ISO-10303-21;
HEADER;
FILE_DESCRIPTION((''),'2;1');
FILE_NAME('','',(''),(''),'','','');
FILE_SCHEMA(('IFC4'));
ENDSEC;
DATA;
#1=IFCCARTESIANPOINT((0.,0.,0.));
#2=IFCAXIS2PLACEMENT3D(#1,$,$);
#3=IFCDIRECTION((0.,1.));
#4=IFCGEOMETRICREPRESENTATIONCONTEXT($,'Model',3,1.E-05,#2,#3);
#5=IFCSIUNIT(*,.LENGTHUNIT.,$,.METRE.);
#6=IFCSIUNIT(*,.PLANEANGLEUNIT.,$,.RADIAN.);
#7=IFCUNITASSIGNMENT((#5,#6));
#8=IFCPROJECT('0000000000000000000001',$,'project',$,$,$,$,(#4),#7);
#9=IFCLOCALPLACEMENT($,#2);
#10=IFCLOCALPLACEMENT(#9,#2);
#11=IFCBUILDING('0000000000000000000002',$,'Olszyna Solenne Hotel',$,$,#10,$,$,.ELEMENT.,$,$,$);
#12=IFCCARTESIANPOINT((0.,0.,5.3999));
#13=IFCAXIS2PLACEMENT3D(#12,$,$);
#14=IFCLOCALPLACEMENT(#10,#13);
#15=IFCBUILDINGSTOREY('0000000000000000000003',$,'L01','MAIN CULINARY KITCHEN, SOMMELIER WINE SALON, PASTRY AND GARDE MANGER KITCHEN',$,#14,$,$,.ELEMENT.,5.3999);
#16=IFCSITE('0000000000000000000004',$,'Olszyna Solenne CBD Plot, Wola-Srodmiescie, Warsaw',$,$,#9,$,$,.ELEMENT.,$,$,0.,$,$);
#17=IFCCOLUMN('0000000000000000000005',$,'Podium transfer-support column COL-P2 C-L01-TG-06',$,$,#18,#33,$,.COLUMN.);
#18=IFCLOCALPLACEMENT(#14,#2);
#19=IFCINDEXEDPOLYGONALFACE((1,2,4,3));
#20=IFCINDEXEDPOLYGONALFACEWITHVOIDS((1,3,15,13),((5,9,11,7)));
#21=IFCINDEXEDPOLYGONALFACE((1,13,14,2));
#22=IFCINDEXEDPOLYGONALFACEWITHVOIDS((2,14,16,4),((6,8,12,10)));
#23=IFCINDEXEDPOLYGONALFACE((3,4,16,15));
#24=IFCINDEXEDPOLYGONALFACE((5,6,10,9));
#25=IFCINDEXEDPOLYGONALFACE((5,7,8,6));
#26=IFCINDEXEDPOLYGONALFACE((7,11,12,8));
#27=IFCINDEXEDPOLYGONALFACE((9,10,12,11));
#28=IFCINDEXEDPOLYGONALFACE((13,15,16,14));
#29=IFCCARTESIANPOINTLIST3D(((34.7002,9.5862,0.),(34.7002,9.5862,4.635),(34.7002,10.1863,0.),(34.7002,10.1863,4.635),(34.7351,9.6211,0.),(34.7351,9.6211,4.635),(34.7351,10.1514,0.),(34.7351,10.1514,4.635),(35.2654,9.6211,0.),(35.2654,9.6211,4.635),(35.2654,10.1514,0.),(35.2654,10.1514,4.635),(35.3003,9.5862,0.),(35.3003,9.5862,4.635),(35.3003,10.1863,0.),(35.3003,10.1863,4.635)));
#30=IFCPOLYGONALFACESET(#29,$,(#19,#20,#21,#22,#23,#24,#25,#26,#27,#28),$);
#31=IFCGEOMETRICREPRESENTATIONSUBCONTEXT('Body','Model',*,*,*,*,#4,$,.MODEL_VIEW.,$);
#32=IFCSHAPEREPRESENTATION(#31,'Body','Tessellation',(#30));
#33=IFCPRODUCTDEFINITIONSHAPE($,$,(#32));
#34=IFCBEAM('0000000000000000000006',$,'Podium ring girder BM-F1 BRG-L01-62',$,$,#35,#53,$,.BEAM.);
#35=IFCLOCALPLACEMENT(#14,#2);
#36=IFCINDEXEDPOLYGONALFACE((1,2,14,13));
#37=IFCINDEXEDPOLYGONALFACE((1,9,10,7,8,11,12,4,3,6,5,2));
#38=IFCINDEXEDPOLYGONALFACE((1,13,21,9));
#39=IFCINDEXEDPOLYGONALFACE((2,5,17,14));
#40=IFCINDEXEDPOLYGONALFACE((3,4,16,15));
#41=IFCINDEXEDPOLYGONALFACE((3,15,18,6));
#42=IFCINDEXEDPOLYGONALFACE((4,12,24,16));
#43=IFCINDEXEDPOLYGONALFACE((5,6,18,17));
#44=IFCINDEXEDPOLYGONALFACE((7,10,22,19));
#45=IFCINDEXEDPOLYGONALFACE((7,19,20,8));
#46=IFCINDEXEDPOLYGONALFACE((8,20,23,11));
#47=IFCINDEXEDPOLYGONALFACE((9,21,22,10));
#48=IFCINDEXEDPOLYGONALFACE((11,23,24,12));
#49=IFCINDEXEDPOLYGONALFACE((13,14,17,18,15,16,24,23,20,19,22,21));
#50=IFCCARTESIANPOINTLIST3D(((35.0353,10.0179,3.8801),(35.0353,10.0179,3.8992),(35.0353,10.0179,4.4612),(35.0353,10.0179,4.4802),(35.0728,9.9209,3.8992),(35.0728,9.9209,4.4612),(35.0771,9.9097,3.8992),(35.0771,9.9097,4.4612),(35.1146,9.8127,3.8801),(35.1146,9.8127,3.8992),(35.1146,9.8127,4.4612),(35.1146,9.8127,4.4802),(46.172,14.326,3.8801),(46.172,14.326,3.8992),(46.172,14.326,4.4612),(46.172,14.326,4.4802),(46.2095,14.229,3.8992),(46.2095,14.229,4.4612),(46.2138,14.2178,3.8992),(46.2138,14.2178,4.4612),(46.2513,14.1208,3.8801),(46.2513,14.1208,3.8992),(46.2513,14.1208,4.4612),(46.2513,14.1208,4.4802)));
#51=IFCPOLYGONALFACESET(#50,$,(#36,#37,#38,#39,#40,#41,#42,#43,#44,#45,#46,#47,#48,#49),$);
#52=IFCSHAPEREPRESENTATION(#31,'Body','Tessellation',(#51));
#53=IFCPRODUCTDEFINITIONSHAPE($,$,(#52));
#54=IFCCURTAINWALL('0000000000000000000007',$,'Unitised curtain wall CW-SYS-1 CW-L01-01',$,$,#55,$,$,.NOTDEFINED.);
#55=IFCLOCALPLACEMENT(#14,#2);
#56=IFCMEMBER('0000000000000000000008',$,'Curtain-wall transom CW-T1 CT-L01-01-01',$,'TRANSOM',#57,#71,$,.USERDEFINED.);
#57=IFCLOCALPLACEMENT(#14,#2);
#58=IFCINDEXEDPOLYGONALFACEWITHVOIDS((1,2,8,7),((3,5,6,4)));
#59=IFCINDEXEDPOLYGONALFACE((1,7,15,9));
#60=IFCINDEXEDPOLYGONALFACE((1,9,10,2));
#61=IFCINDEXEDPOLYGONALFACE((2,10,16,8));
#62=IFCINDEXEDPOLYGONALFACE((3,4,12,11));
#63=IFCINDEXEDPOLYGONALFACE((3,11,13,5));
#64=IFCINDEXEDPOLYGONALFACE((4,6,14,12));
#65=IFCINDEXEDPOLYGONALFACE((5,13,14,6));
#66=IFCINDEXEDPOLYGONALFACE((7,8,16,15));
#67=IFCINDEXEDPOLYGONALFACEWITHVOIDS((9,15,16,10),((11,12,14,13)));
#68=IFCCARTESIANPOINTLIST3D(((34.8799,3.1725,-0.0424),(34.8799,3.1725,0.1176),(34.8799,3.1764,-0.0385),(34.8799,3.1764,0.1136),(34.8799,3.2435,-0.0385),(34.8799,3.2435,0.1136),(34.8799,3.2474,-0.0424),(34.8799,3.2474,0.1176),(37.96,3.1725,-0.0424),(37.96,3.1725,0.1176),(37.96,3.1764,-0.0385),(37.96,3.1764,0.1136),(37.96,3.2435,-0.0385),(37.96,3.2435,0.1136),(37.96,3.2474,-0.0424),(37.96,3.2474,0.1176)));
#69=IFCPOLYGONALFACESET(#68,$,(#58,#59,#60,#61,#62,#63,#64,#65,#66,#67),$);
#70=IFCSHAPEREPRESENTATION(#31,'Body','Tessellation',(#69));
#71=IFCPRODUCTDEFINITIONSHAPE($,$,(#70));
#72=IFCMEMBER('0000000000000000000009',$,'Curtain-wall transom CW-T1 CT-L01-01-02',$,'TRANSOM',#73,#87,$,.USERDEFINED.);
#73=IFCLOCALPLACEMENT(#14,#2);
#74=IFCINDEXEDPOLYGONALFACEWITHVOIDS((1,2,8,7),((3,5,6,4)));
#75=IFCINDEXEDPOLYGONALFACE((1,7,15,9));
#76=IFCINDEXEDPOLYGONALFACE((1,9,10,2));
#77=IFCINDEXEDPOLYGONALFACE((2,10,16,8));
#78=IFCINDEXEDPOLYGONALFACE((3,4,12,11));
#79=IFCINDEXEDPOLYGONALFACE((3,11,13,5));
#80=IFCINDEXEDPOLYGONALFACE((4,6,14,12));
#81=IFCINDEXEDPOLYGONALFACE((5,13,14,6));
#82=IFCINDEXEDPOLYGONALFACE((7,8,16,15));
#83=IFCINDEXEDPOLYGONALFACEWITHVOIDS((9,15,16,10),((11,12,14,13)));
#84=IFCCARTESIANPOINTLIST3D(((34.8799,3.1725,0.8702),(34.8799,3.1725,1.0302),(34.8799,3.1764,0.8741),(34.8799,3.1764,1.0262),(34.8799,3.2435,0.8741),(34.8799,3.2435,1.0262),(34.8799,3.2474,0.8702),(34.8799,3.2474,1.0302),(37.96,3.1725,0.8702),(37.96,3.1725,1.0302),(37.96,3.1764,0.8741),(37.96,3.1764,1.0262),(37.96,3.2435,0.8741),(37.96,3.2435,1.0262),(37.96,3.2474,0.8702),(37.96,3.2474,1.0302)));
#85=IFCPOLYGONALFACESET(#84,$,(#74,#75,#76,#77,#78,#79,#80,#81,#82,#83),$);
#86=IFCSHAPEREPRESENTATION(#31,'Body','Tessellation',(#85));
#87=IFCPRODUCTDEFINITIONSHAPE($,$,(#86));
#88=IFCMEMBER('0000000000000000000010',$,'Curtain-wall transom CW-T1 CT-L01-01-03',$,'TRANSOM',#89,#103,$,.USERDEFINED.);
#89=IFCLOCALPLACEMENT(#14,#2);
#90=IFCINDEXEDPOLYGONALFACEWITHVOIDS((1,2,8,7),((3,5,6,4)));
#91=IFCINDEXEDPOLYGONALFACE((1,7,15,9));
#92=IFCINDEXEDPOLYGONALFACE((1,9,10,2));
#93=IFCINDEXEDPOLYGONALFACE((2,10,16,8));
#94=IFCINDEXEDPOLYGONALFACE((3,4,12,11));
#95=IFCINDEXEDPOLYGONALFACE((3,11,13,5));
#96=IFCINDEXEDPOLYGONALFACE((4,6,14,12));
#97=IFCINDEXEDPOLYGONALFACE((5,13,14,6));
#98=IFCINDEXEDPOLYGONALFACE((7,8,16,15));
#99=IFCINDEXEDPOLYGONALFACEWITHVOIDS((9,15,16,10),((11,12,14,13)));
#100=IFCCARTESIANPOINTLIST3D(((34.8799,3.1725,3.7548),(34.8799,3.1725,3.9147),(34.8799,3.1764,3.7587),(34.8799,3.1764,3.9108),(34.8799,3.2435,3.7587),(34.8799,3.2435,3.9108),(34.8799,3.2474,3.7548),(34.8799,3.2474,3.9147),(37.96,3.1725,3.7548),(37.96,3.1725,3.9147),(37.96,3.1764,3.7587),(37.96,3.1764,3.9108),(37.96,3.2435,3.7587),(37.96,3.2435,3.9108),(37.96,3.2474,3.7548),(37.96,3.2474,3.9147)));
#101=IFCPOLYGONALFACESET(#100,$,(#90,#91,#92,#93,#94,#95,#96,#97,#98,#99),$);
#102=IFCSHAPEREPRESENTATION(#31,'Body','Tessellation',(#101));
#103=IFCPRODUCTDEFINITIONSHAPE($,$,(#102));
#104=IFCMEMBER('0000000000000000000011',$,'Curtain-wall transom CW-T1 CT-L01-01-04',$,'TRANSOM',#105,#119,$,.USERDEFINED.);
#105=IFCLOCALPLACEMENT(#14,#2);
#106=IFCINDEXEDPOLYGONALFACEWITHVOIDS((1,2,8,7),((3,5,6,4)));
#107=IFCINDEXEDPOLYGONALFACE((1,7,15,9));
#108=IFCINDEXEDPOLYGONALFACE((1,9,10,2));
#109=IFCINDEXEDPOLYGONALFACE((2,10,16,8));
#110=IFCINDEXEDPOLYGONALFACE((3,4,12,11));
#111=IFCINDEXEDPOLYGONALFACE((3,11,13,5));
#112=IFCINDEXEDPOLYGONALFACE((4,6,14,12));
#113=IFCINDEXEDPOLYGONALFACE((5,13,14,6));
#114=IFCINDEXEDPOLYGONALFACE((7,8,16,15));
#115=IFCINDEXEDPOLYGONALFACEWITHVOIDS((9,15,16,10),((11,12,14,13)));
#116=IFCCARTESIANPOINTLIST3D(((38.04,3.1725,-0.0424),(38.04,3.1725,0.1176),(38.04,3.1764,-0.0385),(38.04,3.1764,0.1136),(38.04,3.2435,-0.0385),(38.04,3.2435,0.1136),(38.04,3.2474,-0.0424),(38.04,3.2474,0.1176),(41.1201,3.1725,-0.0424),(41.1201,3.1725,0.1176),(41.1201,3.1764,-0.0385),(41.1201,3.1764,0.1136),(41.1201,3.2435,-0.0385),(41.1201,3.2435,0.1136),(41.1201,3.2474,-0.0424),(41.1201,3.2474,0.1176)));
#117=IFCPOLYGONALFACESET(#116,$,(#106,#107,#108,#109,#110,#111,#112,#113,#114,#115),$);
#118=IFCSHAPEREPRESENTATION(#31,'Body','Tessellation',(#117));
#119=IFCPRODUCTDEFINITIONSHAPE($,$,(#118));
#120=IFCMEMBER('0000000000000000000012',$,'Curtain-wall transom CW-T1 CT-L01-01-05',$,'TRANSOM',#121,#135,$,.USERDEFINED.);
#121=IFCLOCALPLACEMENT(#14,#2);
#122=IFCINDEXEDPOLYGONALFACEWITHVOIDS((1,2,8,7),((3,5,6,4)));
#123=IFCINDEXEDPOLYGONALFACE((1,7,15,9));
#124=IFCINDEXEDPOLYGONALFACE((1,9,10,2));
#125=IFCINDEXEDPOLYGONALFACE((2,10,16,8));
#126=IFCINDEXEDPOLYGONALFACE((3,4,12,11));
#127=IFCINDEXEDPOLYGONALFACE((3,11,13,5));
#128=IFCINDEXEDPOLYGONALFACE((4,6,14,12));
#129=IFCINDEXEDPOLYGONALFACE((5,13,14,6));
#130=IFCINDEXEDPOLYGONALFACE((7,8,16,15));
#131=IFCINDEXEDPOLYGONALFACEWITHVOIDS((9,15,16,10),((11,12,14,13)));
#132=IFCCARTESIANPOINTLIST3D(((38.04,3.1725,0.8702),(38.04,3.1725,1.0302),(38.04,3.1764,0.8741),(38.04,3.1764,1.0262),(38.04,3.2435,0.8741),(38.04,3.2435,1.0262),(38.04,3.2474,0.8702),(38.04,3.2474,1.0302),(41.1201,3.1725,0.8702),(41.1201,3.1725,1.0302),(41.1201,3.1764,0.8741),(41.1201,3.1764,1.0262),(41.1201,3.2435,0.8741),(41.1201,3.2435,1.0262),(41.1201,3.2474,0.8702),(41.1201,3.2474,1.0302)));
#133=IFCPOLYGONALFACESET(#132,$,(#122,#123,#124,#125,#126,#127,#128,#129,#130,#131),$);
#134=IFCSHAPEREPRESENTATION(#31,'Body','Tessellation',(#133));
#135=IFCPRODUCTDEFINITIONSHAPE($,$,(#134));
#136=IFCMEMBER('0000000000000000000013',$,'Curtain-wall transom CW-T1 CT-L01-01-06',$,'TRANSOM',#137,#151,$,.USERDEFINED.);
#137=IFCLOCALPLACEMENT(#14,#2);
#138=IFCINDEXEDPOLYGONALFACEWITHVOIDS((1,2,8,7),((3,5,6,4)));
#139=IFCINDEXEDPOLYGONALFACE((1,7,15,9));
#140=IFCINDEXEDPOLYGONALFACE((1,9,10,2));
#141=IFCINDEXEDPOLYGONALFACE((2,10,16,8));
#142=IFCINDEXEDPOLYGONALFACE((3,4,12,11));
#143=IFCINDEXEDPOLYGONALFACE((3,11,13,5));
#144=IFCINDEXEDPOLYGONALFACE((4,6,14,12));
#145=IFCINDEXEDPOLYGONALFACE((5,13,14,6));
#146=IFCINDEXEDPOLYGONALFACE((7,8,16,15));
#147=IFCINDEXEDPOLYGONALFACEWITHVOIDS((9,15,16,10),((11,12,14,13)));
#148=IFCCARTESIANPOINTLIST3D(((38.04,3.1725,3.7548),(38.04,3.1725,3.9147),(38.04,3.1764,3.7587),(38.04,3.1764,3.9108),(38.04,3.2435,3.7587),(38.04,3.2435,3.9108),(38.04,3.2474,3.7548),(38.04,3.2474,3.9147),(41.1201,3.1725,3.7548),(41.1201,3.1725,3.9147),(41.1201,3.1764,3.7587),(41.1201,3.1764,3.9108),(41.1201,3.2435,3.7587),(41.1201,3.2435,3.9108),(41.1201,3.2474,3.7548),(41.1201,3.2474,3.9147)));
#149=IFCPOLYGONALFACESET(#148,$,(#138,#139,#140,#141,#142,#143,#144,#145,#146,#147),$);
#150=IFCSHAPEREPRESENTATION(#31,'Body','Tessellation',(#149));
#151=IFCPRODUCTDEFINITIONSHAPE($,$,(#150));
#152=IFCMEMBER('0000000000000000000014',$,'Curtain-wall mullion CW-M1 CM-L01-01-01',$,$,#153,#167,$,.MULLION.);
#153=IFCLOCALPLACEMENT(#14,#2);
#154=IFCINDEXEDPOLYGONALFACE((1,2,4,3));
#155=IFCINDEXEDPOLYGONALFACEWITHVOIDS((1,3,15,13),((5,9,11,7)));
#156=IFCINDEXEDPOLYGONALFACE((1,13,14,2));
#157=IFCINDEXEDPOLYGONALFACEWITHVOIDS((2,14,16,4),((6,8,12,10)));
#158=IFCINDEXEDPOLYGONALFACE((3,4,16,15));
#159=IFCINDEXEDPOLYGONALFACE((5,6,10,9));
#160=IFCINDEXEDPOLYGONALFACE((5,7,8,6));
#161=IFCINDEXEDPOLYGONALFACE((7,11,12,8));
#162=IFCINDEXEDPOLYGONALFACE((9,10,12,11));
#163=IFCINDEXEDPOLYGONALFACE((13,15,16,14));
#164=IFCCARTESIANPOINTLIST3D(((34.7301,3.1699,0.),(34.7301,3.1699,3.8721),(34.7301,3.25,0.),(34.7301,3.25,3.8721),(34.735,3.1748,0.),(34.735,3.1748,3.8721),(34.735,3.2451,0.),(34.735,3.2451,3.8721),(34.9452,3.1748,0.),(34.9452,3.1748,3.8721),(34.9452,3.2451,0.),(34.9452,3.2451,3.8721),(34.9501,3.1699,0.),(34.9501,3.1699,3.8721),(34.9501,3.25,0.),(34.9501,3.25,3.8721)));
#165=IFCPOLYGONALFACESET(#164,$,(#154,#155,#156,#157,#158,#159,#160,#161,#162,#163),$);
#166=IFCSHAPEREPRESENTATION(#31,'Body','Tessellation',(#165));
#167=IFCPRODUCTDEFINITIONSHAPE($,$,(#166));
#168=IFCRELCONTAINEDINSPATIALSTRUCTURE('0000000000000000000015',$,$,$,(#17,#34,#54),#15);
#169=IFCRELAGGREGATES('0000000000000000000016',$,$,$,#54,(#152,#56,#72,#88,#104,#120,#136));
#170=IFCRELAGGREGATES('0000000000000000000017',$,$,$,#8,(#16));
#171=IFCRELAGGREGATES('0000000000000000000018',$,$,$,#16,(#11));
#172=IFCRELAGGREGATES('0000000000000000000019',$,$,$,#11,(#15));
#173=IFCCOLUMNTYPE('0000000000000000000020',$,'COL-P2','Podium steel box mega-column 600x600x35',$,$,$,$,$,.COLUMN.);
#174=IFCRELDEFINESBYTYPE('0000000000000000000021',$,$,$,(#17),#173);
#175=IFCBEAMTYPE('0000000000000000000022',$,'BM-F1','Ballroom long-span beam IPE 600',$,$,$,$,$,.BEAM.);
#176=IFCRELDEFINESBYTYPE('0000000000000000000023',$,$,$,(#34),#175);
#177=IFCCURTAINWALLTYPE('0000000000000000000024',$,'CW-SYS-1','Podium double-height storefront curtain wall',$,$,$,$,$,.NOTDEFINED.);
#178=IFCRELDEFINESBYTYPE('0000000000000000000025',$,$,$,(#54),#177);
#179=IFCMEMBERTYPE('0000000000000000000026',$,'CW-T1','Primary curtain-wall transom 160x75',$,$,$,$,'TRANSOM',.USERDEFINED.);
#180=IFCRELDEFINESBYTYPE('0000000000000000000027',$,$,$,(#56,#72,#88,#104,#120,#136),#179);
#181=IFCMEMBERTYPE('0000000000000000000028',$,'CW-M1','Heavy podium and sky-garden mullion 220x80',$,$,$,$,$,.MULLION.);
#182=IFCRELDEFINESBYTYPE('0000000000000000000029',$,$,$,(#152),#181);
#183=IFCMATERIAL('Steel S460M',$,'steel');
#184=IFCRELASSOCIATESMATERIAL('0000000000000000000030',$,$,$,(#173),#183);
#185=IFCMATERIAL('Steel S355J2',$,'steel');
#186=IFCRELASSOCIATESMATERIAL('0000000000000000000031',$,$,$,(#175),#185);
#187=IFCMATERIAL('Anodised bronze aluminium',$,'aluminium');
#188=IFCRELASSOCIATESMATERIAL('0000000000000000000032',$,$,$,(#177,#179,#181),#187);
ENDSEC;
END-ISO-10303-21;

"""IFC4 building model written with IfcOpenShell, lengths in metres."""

from ifc_helpers import new_model, si_unit, direction, frame, origin, origin_2d, place, context, subcontext, project, spatial, hollow_rectangle, i_section, extrude, source, transform, mapped, material, material_profile, profile_set, type_object, element, aggregate, save


model = new_model("IFC4")

# Units and contexts
model_context = context("Model", 3, precision=1e-05, world=origin(), true_north=direction((0.0, 1.0)))
body_context = subcontext(model_context, "Body", "Model", "MODEL_VIEW")
ifc_project = project(units=[si_unit("LENGTHUNIT", "METRE"), si_unit("PLANEANGLEUNIT", "RADIAN")], contexts=[model_context])

# Site, building, storey
site_placement = place(None, origin())
site = spatial("IfcSite", under=ifc_project, at=site_placement, Name="Olszyna Solenne CBD Plot, Wola-Srodmiescie, Warsaw", CompositionType="ELEMENT", RefElevation=0.0)
building_placement = place(site_placement, origin())
building = spatial("IfcBuilding", under=site, at=building_placement, Name="Olszyna Solenne Hotel", CompositionType="ELEMENT")
storey_placement = place(building_placement, frame((0.0, 0.0, 5.3999)))
storey = spatial("IfcBuildingStorey", under=building, at=storey_placement, Name="L01", Description="MAIN CULINARY KITCHEN, SOMMELIER WINE SALON, PASTRY AND GARDE MANGER KITCHEN", CompositionType="ELEMENT", Elevation=5.3999)

# Column
ifc_material_1 = material(Name="Steel S460M", Category="steel")
ifc_material_profile_1 = material_profile(ifc_material_1, hollow_rectangle(XDim=0.6001, YDim=0.6001, WallThickness=0.0349, at=origin_2d()), Name="SHS 600x600x35", Category="load-bearing")
ifc_profile_set_1 = profile_set([ifc_material_profile_1], Name="Steel S460M")
column_type = type_object("IfcColumnType", Name="COL-P2", Description="Podium steel box mega-column 600x600x35", PredefinedType="COLUMN", material=ifc_profile_set_1)
shared_shape_1 = source(origin(), body_context, "Body", "SweptSolid", [
    extrude(hollow_rectangle(XDim=0.6001, YDim=0.6001, WallThickness=0.0349, at=origin_2d()), origin(), (0.0, 0.0, 1.0), 4.635),
])
column_placement = place(storey_placement, frame((35.0002, 9.8862, 0.0), z_axis=(0.0, 0.0, 1.0), x_axis=(1.0, 0.0, 0.0)))
element("IfcColumn", 1, at=column_placement, inside=storey, type_object=column_type, Name="Podium transfer-support column COL-P2 C-L01-TG-06", PredefinedType="COLUMN", context=body_context, shape_type="MappedRepresentation", body=[
    mapped(shared_shape_1, transform((0.0, 0.0, 0.0), x_axis=(1.0, 0.0, 0.0), y_axis=(0.0, 1.0, 0.0), z_axis=(0.0, 0.0, 1.0), scale=1.0)),
])

# Beam
ifc_material_2 = material(Name="Steel S355J2", Category="steel")
ifc_material_profile_2 = material_profile(ifc_material_2, i_section(OverallWidth=0.22, OverallDepth=0.6001, WebThickness=0.012, FlangeThickness=0.019, at=origin_2d()), Name="IPE 600", Category="load-bearing")
ifc_profile_set_2 = profile_set([ifc_material_profile_2], Name="Steel S355J2")
beam_type = type_object("IfcBeamType", Name="BM-F1", Description="Ballroom long-span beam IPE 600", PredefinedType="BEAM", material=ifc_profile_set_2)
shared_shape_2 = source(origin(), body_context, "Body", "SweptSolid", [
    extrude(i_section(OverallWidth=0.22, OverallDepth=0.6001, WebThickness=0.012, FlangeThickness=0.019, at=origin_2d()), origin(), (0.0, 0.0, 1.0), 11.9409),
])
beam_placement = place(storey_placement, frame((35.075, 9.9153, 4.1802), z_axis=(0.932649, 0.360784, 0.0), x_axis=(-0.360784, 0.932649, 0.0)))
element("IfcBeam", 2, at=beam_placement, inside=storey, type_object=beam_type, Name="Podium ring girder BM-F1 BRG-L01-62", PredefinedType="BEAM", context=body_context, shape_type="MappedRepresentation", body=[
    mapped(shared_shape_2, transform((0.0, 0.0, 0.0), x_axis=(1.0, 0.0, 0.0), y_axis=(0.0, 1.0, 0.0), z_axis=(0.0, 0.0, 1.0), scale=1.0)),
])

# Curtain wall, members
ifc_material_3 = material(Name="Anodised bronze aluminium", Category="aluminium")
curtain_wall_type = type_object("IfcCurtainWallType", Name="CW-SYS-1", Description="Podium double-height storefront curtain wall", PredefinedType="NOTDEFINED", material=ifc_material_3)
curtain_wall_placement = place(storey_placement, origin())
curtain_wall = element("IfcCurtainWall", 3, at=curtain_wall_placement, inside=storey, type_object=curtain_wall_type, Name="Unitised curtain wall CW-SYS-1 CW-L01-01", PredefinedType="NOTDEFINED")
ifc_material_profile_3 = material_profile(ifc_material_3, hollow_rectangle(XDim=0.075, YDim=0.1599, WallThickness=0.0039, at=origin_2d()), Name="TRAN 160x75x4", Category="load-bearing")
ifc_profile_set_3 = profile_set([ifc_material_profile_3], Name="Anodised bronze aluminium")
member_type_1 = type_object("IfcMemberType", Name="CW-T1", Description="Primary curtain-wall transom 160x75", ElementType="TRANSOM", PredefinedType="USERDEFINED", material=ifc_profile_set_3)
shared_shape_3 = source(origin(), body_context, "Body", "SweptSolid", [
    extrude(hollow_rectangle(XDim=0.075, YDim=0.1599, WallThickness=0.0039, at=origin_2d()), origin(), (0.0, 0.0, 1.0), 3.0801),
])
member_1_placement = place(storey_placement, frame((34.8799, 3.21, 0.0376), z_axis=(1.0, 0.0, 0.0), x_axis=(0.0, 1.0, 0.0)))
member_1 = element("IfcMember", 4, at=member_1_placement, type_object=member_type_1, Name="Curtain-wall transom CW-T1 CT-L01-01-01", ObjectType="TRANSOM", PredefinedType="USERDEFINED", context=body_context, shape_type="MappedRepresentation", body=[
    mapped(shared_shape_3, transform((0.0, 0.0, 0.0), x_axis=(1.0, 0.0, 0.0), y_axis=(0.0, 1.0, 0.0), z_axis=(0.0, 0.0, 1.0), scale=1.0)),
])
member_2_placement = place(storey_placement, frame((34.8799, 3.21, 0.9502), z_axis=(1.0, 0.0, 0.0), x_axis=(0.0, 1.0, 0.0)))
member_2 = element("IfcMember", 5, at=member_2_placement, type_object=member_type_1, Name="Curtain-wall transom CW-T1 CT-L01-01-02", ObjectType="TRANSOM", PredefinedType="USERDEFINED", context=body_context, shape_type="MappedRepresentation", body=[
    mapped(shared_shape_3, transform((0.0, 0.0, 0.0), x_axis=(1.0, 0.0, 0.0), y_axis=(0.0, 1.0, 0.0), z_axis=(0.0, 0.0, 1.0), scale=1.0)),
])
member_3_placement = place(storey_placement, frame((34.8799, 3.21, 3.8347), z_axis=(1.0, 0.0, 0.0), x_axis=(0.0, 1.0, 0.0)))
member_3 = element("IfcMember", 6, at=member_3_placement, type_object=member_type_1, Name="Curtain-wall transom CW-T1 CT-L01-01-03", ObjectType="TRANSOM", PredefinedType="USERDEFINED", context=body_context, shape_type="MappedRepresentation", body=[
    mapped(shared_shape_3, transform((0.0, 0.0, 0.0), x_axis=(1.0, 0.0, 0.0), y_axis=(0.0, 1.0, 0.0), z_axis=(0.0, 0.0, 1.0), scale=1.0)),
])
member_4_placement = place(storey_placement, frame((38.04, 3.21, 0.0376), z_axis=(1.0, 0.0, 0.0), x_axis=(0.0, 1.0, 0.0)))
member_4 = element("IfcMember", 7, at=member_4_placement, type_object=member_type_1, Name="Curtain-wall transom CW-T1 CT-L01-01-04", ObjectType="TRANSOM", PredefinedType="USERDEFINED", context=body_context, shape_type="MappedRepresentation", body=[
    mapped(shared_shape_3, transform((0.0, 0.0, 0.0), x_axis=(1.0, 0.0, 0.0), y_axis=(0.0, 1.0, 0.0), z_axis=(0.0, 0.0, 1.0), scale=1.0)),
])
member_5_placement = place(storey_placement, frame((38.04, 3.21, 0.9502), z_axis=(1.0, 0.0, 0.0), x_axis=(0.0, 1.0, 0.0)))
member_5 = element("IfcMember", 8, at=member_5_placement, type_object=member_type_1, Name="Curtain-wall transom CW-T1 CT-L01-01-05", ObjectType="TRANSOM", PredefinedType="USERDEFINED", context=body_context, shape_type="MappedRepresentation", body=[
    mapped(shared_shape_3, transform((0.0, 0.0, 0.0), x_axis=(1.0, 0.0, 0.0), y_axis=(0.0, 1.0, 0.0), z_axis=(0.0, 0.0, 1.0), scale=1.0)),
])
member_6_placement = place(storey_placement, frame((38.04, 3.21, 3.8347), z_axis=(1.0, 0.0, 0.0), x_axis=(0.0, 1.0, 0.0)))
member_6 = element("IfcMember", 9, at=member_6_placement, type_object=member_type_1, Name="Curtain-wall transom CW-T1 CT-L01-01-06", ObjectType="TRANSOM", PredefinedType="USERDEFINED", context=body_context, shape_type="MappedRepresentation", body=[
    mapped(shared_shape_3, transform((0.0, 0.0, 0.0), x_axis=(1.0, 0.0, 0.0), y_axis=(0.0, 1.0, 0.0), z_axis=(0.0, 0.0, 1.0), scale=1.0)),
])
ifc_material_profile_4 = material_profile(ifc_material_3, hollow_rectangle(XDim=0.0801, YDim=0.22, WallThickness=0.0049, at=origin_2d()), Name="MULL 220x80x5", Category="load-bearing")
ifc_profile_set_4 = profile_set([ifc_material_profile_4], Name="Anodised bronze aluminium")
member_type_2 = type_object("IfcMemberType", Name="CW-M1", Description="Heavy podium and sky-garden mullion 220x80", PredefinedType="MULLION", material=ifc_profile_set_4)
shared_shape_4 = source(origin(), body_context, "Body", "SweptSolid", [
    extrude(hollow_rectangle(XDim=0.0801, YDim=0.22, WallThickness=0.0049, at=origin_2d()), origin(), (0.0, 0.0, 1.0), 3.8721),
])
member_7_placement = place(storey_placement, frame((34.8401, 3.21, 0.0), z_axis=(0.0, 0.0, 1.0), x_axis=(0.0, 1.0, 0.0)))
member_7 = element("IfcMember", 10, at=member_7_placement, type_object=member_type_2, Name="Curtain-wall mullion CW-M1 CM-L01-01-01", PredefinedType="MULLION", context=body_context, shape_type="MappedRepresentation", body=[
    mapped(shared_shape_4, transform((0.0, 0.0, 0.0), x_axis=(1.0, 0.0, 0.0), y_axis=(0.0, 1.0, 0.0), z_axis=(0.0, 0.0, 1.0), scale=1.0)),
])
aggregate(curtain_wall, [member_7, member_1, member_2, member_3, member_4, member_5, member_6])

save(model, "model.ifc")
